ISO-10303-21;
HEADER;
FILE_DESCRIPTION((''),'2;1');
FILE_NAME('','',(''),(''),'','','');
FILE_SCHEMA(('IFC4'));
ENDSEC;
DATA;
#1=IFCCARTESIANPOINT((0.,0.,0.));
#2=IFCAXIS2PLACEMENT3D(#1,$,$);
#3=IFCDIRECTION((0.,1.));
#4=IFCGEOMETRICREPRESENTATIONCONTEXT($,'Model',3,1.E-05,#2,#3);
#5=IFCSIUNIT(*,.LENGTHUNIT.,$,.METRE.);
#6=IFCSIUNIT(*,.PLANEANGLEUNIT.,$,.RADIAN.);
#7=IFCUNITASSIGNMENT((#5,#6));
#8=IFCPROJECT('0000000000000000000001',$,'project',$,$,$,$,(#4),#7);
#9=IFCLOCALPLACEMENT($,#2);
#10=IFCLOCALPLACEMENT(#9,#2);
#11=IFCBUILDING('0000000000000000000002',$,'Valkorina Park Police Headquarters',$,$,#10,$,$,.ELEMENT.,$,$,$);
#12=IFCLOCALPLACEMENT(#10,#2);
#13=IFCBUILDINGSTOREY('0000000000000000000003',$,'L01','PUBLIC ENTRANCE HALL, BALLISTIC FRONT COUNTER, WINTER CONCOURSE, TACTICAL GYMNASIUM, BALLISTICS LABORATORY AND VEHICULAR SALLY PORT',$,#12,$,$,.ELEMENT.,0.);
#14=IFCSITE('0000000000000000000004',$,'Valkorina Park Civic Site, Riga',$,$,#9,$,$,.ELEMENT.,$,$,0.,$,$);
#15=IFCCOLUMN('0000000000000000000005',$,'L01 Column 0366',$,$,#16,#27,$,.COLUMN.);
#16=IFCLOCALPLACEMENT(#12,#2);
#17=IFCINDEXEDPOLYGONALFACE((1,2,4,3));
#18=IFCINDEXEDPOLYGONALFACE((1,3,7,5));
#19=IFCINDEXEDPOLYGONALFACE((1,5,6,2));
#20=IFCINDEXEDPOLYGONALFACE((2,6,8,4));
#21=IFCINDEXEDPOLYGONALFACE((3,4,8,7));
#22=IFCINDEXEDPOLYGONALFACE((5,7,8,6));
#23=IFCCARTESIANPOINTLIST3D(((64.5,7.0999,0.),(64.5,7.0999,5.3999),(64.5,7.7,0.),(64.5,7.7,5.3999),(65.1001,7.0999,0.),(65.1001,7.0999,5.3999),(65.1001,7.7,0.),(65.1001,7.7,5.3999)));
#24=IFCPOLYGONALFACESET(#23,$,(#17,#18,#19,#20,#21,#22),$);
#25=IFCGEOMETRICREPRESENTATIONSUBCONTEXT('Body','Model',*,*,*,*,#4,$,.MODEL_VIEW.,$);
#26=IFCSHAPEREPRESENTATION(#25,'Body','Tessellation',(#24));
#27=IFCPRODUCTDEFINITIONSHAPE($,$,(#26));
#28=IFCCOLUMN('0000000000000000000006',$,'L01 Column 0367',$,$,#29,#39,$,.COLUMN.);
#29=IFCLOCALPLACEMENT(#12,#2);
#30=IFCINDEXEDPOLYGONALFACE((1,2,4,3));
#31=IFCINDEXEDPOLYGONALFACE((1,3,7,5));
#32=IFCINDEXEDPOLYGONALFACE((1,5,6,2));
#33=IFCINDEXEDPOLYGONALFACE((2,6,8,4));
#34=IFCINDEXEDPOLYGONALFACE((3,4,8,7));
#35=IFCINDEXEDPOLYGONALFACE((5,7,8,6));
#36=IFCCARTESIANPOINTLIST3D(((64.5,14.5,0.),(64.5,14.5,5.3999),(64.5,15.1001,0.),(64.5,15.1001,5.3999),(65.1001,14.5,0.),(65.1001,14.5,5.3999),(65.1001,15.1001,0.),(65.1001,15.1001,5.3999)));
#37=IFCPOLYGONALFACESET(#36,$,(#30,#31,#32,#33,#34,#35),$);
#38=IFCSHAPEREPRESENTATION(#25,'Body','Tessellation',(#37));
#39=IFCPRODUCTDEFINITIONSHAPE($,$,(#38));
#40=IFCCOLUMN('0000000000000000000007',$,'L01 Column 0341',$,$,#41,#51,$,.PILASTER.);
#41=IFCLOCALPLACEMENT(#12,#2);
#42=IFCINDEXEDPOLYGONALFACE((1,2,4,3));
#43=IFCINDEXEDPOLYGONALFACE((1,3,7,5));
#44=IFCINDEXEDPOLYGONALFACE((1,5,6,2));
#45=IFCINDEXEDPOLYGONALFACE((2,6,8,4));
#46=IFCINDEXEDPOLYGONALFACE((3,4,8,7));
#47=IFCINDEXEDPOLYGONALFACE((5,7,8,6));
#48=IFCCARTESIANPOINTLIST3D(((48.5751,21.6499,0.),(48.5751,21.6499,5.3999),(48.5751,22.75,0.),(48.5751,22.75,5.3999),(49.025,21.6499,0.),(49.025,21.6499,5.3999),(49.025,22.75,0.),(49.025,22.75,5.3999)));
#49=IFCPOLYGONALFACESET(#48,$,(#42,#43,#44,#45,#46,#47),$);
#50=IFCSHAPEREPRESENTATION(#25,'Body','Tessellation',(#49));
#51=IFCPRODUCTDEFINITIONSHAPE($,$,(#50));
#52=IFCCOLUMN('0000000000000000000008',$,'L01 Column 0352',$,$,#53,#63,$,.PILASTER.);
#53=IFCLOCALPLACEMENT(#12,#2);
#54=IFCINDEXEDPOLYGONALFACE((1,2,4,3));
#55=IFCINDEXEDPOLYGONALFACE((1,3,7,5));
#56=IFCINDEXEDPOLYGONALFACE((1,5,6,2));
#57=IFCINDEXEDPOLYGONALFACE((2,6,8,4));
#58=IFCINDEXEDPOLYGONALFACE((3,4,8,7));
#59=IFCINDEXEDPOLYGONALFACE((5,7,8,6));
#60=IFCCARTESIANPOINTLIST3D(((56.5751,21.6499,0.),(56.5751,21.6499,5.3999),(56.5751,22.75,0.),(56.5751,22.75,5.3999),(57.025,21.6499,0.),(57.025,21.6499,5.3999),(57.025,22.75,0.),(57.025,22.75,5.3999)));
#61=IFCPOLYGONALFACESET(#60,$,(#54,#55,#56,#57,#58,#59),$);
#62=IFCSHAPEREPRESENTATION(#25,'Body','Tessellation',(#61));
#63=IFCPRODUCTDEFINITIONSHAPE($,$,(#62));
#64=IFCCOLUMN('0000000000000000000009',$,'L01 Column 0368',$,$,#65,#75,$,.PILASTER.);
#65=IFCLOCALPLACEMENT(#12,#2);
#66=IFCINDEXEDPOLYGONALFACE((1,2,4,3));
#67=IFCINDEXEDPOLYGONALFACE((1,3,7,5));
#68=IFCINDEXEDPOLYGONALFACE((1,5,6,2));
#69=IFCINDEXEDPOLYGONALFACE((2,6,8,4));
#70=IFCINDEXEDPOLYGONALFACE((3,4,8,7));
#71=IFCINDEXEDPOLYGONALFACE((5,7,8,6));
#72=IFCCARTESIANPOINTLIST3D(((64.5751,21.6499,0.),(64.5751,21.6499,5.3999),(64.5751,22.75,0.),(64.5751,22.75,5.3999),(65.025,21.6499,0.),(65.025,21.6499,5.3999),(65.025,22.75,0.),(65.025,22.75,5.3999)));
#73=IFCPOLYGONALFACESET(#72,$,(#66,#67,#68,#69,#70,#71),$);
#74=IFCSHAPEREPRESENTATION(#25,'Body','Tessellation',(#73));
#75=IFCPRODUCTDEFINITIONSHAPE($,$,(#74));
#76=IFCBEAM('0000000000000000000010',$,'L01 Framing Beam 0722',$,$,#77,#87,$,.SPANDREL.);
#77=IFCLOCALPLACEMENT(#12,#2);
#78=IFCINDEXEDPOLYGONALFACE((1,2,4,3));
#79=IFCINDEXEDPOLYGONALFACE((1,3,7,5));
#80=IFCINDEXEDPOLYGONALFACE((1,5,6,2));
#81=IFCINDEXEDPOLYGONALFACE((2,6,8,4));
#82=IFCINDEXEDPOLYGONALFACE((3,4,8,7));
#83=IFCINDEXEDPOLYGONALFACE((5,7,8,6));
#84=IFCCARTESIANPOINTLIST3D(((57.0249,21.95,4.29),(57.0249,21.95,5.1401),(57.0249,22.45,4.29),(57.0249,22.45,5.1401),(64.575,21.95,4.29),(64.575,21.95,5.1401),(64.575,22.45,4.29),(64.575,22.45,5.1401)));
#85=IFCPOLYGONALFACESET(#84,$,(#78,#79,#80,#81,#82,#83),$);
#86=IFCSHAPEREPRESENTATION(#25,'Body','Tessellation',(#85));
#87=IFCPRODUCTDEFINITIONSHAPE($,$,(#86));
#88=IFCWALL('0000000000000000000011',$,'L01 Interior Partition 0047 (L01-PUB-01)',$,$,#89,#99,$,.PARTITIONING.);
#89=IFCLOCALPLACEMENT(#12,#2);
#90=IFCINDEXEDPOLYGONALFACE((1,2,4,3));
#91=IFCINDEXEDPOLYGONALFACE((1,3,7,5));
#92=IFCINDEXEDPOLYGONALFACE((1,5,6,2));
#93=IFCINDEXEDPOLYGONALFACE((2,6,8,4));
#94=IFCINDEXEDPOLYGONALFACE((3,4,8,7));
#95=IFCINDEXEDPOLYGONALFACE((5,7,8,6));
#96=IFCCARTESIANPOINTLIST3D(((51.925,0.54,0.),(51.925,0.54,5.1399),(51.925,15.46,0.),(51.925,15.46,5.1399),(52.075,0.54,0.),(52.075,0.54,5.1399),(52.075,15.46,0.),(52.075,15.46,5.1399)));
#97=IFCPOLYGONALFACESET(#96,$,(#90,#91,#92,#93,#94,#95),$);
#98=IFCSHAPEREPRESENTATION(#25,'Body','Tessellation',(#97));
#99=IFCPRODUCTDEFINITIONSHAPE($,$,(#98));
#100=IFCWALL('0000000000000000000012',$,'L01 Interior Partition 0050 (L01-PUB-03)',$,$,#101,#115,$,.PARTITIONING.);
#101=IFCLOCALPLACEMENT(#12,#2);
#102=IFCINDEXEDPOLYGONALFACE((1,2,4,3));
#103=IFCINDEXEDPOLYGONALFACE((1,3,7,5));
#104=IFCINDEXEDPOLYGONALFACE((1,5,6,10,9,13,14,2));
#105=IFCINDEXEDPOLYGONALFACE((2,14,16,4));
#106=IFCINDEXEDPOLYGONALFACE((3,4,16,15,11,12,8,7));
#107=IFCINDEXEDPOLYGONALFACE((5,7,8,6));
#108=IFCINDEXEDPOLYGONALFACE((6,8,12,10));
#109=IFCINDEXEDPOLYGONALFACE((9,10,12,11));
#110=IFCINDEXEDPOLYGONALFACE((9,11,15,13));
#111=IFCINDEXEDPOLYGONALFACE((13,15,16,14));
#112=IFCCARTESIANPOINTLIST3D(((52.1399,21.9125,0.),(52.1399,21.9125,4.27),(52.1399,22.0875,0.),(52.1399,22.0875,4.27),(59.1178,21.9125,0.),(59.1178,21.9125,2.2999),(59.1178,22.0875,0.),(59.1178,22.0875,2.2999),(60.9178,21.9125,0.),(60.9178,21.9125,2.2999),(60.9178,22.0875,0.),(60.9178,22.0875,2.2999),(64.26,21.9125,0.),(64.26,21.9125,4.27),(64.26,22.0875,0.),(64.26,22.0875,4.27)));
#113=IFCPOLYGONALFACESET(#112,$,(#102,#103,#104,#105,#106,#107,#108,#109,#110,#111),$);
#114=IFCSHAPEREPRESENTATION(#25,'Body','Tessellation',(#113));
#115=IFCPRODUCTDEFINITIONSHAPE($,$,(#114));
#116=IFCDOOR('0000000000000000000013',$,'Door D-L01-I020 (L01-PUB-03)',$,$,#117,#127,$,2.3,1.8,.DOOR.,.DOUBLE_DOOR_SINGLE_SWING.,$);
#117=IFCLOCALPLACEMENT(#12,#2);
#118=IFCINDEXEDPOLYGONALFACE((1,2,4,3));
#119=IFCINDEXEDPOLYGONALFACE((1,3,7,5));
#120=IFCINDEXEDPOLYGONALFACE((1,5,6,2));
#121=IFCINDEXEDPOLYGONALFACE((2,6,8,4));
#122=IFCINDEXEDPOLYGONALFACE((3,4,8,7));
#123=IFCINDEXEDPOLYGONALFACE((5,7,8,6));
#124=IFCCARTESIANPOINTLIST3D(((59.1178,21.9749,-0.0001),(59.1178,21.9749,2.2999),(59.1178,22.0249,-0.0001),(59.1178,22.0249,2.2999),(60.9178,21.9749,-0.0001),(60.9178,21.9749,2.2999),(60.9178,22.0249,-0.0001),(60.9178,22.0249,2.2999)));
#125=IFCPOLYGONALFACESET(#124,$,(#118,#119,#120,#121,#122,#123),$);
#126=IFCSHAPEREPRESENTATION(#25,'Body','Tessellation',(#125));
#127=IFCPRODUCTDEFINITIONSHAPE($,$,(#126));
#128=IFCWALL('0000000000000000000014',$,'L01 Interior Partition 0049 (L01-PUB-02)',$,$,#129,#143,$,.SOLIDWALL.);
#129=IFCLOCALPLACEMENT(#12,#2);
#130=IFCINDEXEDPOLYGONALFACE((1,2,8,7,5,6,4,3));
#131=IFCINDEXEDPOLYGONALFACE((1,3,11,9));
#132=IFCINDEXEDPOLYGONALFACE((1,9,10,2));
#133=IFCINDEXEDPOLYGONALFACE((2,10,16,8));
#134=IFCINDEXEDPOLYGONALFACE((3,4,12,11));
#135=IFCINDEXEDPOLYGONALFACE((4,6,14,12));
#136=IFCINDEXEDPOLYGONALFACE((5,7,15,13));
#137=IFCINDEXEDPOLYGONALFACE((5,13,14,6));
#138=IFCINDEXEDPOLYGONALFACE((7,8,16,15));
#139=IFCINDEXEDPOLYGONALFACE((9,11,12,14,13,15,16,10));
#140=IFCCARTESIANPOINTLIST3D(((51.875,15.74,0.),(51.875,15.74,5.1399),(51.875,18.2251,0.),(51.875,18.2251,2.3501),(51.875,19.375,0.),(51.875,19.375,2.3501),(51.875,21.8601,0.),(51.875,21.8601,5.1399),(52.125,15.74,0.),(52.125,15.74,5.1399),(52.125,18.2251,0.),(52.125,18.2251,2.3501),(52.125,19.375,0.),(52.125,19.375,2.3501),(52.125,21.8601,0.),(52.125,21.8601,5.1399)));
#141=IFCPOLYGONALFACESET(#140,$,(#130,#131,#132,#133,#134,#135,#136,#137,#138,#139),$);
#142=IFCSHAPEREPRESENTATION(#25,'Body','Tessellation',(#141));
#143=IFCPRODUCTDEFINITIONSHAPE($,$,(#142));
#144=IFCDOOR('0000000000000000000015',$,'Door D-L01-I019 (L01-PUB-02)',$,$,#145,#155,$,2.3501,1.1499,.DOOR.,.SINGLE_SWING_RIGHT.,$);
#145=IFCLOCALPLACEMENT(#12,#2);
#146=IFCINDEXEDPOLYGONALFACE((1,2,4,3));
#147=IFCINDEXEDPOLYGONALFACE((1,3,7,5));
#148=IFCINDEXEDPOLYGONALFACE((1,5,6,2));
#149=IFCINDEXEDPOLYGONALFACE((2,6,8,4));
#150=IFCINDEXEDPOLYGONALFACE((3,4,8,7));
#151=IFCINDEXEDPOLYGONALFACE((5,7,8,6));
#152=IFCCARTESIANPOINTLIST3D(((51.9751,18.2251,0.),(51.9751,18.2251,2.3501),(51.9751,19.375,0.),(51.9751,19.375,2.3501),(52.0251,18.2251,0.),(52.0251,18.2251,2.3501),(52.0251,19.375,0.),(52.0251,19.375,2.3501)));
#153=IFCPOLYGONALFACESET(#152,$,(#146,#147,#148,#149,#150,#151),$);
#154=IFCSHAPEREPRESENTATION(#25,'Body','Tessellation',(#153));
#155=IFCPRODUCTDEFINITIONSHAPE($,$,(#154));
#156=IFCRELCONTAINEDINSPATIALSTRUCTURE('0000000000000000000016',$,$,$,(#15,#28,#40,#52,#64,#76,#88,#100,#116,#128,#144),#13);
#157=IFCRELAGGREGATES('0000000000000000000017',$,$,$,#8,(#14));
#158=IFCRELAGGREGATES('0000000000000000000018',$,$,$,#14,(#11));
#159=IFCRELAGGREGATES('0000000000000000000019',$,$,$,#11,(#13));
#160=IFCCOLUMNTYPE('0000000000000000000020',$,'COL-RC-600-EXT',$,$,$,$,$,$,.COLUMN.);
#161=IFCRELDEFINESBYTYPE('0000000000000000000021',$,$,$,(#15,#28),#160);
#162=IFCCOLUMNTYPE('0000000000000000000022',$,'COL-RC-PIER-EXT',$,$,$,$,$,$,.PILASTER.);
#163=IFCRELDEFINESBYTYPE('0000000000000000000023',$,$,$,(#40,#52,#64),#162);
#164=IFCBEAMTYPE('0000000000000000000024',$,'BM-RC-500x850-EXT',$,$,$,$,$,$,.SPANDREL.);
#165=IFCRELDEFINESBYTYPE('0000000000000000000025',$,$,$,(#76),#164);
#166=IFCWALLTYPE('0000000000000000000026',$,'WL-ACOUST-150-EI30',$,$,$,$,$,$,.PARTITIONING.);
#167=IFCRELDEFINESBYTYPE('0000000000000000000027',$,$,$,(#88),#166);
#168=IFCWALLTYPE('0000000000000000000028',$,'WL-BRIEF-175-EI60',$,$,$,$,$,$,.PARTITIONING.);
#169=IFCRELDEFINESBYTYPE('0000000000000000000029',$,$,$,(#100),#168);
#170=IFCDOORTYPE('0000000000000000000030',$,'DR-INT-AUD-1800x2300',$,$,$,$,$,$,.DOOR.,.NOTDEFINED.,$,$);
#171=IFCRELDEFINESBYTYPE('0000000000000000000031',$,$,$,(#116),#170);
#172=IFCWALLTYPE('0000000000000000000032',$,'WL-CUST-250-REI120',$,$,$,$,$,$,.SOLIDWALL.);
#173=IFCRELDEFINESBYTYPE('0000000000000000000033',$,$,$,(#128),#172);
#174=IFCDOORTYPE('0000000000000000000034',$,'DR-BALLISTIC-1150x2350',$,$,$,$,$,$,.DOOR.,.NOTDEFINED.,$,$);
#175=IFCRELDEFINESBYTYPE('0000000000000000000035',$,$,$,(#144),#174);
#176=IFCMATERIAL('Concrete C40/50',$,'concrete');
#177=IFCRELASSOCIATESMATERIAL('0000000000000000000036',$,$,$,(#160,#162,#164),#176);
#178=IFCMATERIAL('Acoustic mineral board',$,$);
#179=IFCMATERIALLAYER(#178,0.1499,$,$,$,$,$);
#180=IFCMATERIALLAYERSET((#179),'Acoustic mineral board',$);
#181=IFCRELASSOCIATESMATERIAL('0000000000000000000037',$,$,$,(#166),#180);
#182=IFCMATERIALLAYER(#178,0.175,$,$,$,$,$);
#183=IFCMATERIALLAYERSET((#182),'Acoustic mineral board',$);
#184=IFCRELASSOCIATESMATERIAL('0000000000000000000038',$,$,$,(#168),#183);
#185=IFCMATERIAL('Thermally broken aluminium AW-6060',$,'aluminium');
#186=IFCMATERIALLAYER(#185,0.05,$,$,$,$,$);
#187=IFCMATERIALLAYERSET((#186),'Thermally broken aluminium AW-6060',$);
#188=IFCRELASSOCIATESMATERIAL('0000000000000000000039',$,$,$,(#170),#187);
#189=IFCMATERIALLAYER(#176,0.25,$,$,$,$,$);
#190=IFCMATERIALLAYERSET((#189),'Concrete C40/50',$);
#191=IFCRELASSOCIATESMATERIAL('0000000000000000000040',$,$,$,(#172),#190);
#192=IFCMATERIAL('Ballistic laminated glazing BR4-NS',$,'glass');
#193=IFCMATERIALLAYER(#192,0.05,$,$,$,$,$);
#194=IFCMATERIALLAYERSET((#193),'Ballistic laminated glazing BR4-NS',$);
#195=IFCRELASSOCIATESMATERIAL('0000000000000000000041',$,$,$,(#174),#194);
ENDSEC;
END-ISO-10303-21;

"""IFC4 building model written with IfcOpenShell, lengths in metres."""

from ifc_helpers import new_model, si_unit, direction, frame, frame_2d, origin, origin_2d, place, context, subcontext, project, spatial, rectangle, extrude, material, layer, layer_set, material_profile, profile_set, type_object, element, fill, save


model = new_model("IFC4")

# Units and contexts
model_context = context("Model", 3, precision=1e-05, world=origin(), true_north=direction((0.0, 1.0)))
body_context = subcontext(model_context, "Body", "Model", "MODEL_VIEW")
ifc_project = project(units=[si_unit("LENGTHUNIT", "METRE"), si_unit("PLANEANGLEUNIT", "RADIAN")], contexts=[model_context])

# Site, building, storey
site_placement = place(None, origin())
site = spatial("IfcSite", under=ifc_project, at=site_placement, Name="Valkorina Park Civic Site, Riga", CompositionType="ELEMENT", RefElevation=0.0)
building_placement = place(site_placement, origin())
building = spatial("IfcBuilding", under=site, at=building_placement, Name="Valkorina Park Police Headquarters", CompositionType="ELEMENT")
storey_placement = place(building_placement, origin())
storey = spatial("IfcBuildingStorey", under=building, at=storey_placement, Name="L01", Description="PUBLIC ENTRANCE HALL, BALLISTIC FRONT COUNTER, WINTER CONCOURSE, TACTICAL GYMNASIUM, BALLISTICS LABORATORY AND VEHICULAR SALLY PORT", CompositionType="ELEMENT", Elevation=0.0)

# Columns
ifc_material_1 = material(Name="Concrete C40/50", Category="concrete")
ifc_material_profile_1 = material_profile(ifc_material_1, rectangle(XDim=0.6001, YDim=0.6001, at=origin_2d()), Name="RC COL 600x600")
ifc_profile_set_1 = profile_set([ifc_material_profile_1], Name="Concrete C40/50")
column_type_1 = type_object("IfcColumnType", Name="COL-RC-600-EXT", PredefinedType="COLUMN", material=ifc_profile_set_1)
for number, where, z_axis, x_axis, name in (
    (1, (64.8, 7.3999, 0.0), (0.0, 0.0, 1.0), (1.0, 0.0, 0.0), "L01 Column 0366"),
    (2, (64.8, 14.8, 0.0), (0.0, 0.0, 1.0), (1.0, 0.0, 0.0), "L01 Column 0367"),
):
    element("IfcColumn", number, at=place(storey_placement, frame(where, z_axis=z_axis, x_axis=x_axis)), inside=storey, type_object=column_type_1, Name=name, PredefinedType="COLUMN", context=body_context, shape_type="SweptSolid", body=[
        extrude(rectangle(XDim=0.6001, YDim=0.6001, at=origin_2d()), origin(), (0.0, 0.0, 1.0), 5.3999),
    ])
ifc_material_profile_2 = material_profile(ifc_material_1, rectangle(XDim=0.45, YDim=1.1001, at=origin_2d()), Name="RC PIER 450x1100")
ifc_profile_set_2 = profile_set([ifc_material_profile_2], Name="Concrete C40/50")
column_type_2 = type_object("IfcColumnType", Name="COL-RC-PIER-EXT", PredefinedType="PILASTER", material=ifc_profile_set_2)
for number, where, z_axis, x_axis, name in (
    (3, (48.8, 22.2, 0.0), (0.0, 0.0, 1.0), (1.0, 0.0, 0.0), "L01 Column 0341"),
    (4, (56.8, 22.2, 0.0), (0.0, 0.0, 1.0), (1.0, 0.0, 0.0), "L01 Column 0352"),
    (5, (64.8, 22.2, 0.0), (0.0, 0.0, 1.0), (1.0, 0.0, 0.0), "L01 Column 0368"),
):
    element("IfcColumn", number, at=place(storey_placement, frame(where, z_axis=z_axis, x_axis=x_axis)), inside=storey, type_object=column_type_2, Name=name, PredefinedType="PILASTER", context=body_context, shape_type="SweptSolid", body=[
        extrude(rectangle(XDim=0.45, YDim=1.1001, at=origin_2d()), origin(), (0.0, 0.0, 1.0), 5.3999),
    ])

# Beam
ifc_material_profile_3 = material_profile(ifc_material_1, rectangle(XDim=0.5, YDim=0.8501, at=origin_2d()), Name="RC BEAM 500x850")
ifc_profile_set_3 = profile_set([ifc_material_profile_3], Name="Concrete C40/50")
beam_type = type_object("IfcBeamType", Name="BM-RC-500x850-EXT", PredefinedType="SPANDREL", material=ifc_profile_set_3)
beam_placement = place(storey_placement, frame((57.0249, 22.2, 4.7151), z_axis=(1.0, 0.0, 0.0), x_axis=(0.0, 1.0, 0.0)))
element("IfcBeam", 6, at=beam_placement, inside=storey, type_object=beam_type, Name="L01 Framing Beam 0722", PredefinedType="SPANDREL", context=body_context, shape_type="SweptSolid", body=[
    extrude(rectangle(XDim=0.5, YDim=0.8501, at=origin_2d()), origin(), (0.0, 0.0, 1.0), 7.55),
])

# Wall
ifc_material_2 = material(Name="Acoustic mineral board")
ifc_layer_1 = layer(ifc_material_2, 0.1499)
ifc_layer_set_1 = layer_set([ifc_layer_1], Name="Acoustic mineral board")
wall_type_1 = type_object("IfcWallType", Name="WL-ACOUST-150-EI30", PredefinedType="PARTITIONING", material=ifc_layer_set_1)
wall_1_placement = place(storey_placement, frame((52.0, 0.54, 0.0), z_axis=(0.0, 0.0, 1.0), x_axis=(0.0, 1.0, 0.0)))
element("IfcWall", 7, at=wall_1_placement, inside=storey, type_object=wall_type_1, Name="L01 Interior Partition 0047 (L01-PUB-01)", PredefinedType="PARTITIONING", context=body_context, shape_type="SweptSolid", body=[
    extrude(rectangle(XDim=14.9199, YDim=0.1499, at=frame_2d((7.46, 0.0))), origin(), (0.0, 0.0, 1.0), 5.1399),
])

# Walls, openings, doors
ifc_layer_2 = layer(ifc_material_2, 0.175)
ifc_layer_set_2 = layer_set([ifc_layer_2], Name="Acoustic mineral board")
wall_type_2 = type_object("IfcWallType", Name="WL-BRIEF-175-EI60", PredefinedType="PARTITIONING", material=ifc_layer_set_2)
wall_2_placement = place(storey_placement, frame((52.1399, 22.0, 0.0), z_axis=(0.0, 0.0, 1.0), x_axis=(1.0, 0.0, 0.0)))
wall_2 = element("IfcWall", 8, at=wall_2_placement, inside=storey, type_object=wall_type_2, Name="L01 Interior Partition 0050 (L01-PUB-03)", PredefinedType="PARTITIONING", context=body_context, shape_type="SweptSolid", body=[
    extrude(rectangle(XDim=12.1201, YDim=0.175, at=frame_2d((6.0601, 0.0))), origin(), (0.0, 0.0, 1.0), 4.27),
])
opening_1_placement = place(wall_2_placement, frame((6.978, 0.0, 0.0)))
opening_1 = element("IfcOpeningElement", 9, at=opening_1_placement, cuts=wall_2, PredefinedType="OPENING", context=body_context, shape_type="SweptSolid", body=[
    extrude(rectangle(XDim=1.8, YDim=2.3, at=frame_2d((0.8999, 1.1499))), frame((0.0, 0.0977, 0.0), z_axis=(0.0, -1.0, 0.0), x_axis=(1.0, 0.0, 0.0)), (0.0, 0.0, 1.0), 0.1951),
])
ifc_material_3 = material(Name="Thermally broken aluminium AW-6060", Category="aluminium")
ifc_layer_3 = layer(ifc_material_3, 0.05)
ifc_layer_set_3 = layer_set([ifc_layer_3], Name="Thermally broken aluminium AW-6060")
door_type_1 = type_object("IfcDoorType", Name="DR-INT-AUD-1800x2300", OperationType="NOTDEFINED", PredefinedType="DOOR", material=ifc_layer_set_3)
door_1_placement = place(opening_1_placement, origin())
door_1 = element("IfcDoor", 10, at=door_1_placement, inside=storey, type_object=door_type_1, Name="Door D-L01-I020 (L01-PUB-03)", OperationType="DOUBLE_DOOR_SINGLE_SWING", OverallHeight=2.3, OverallWidth=1.8, PredefinedType="DOOR", context=body_context, shape_type="SweptSolid", body=[
    extrude(rectangle(XDim=1.8, YDim=2.3, at=frame_2d((0.8999, 1.1499))), frame((0.0, 0.0249, 0.0), z_axis=(0.0, -1.0, 0.0), x_axis=(1.0, 0.0, 0.0)), (0.0, 0.0, 1.0), 0.05),
])
fill(opening_1, door_1)
ifc_layer_4 = layer(ifc_material_1, 0.25)
ifc_layer_set_4 = layer_set([ifc_layer_4], Name="Concrete C40/50")
wall_type_3 = type_object("IfcWallType", Name="WL-CUST-250-REI120", PredefinedType="SOLIDWALL", material=ifc_layer_set_4)
wall_3_placement = place(storey_placement, frame((52.0, 15.74, 0.0), z_axis=(0.0, 0.0, 1.0), x_axis=(0.0, 1.0, 0.0)))
wall_3 = element("IfcWall", 11, at=wall_3_placement, inside=storey, type_object=wall_type_3, Name="L01 Interior Partition 0049 (L01-PUB-02)", PredefinedType="SOLIDWALL", context=body_context, shape_type="SweptSolid", body=[
    extrude(rectangle(XDim=6.1201, YDim=0.25, at=frame_2d((3.0601, 0.0))), origin(), (0.0, 0.0, 1.0), 5.1399),
])
opening_2_placement = place(wall_3_placement, frame((2.4851, 0.0, 0.0)))
opening_2 = element("IfcOpeningElement", 12, at=opening_2_placement, cuts=wall_3, PredefinedType="OPENING", context=body_context, shape_type="SweptSolid", body=[
    extrude(rectangle(XDim=1.1499, YDim=2.3501, at=frame_2d((0.575, 1.175))), frame((0.0, 0.135, 0.0), z_axis=(0.0, -1.0, 0.0), x_axis=(1.0, 0.0, 0.0)), (0.0, 0.0, 1.0), 0.27),
])
ifc_material_4 = material(Name="Ballistic laminated glazing BR4-NS", Category="glass")
ifc_layer_5 = layer(ifc_material_4, 0.05)
ifc_layer_set_5 = layer_set([ifc_layer_5], Name="Ballistic laminated glazing BR4-NS")
door_type_2 = type_object("IfcDoorType", Name="DR-BALLISTIC-1150x2350", OperationType="NOTDEFINED", PredefinedType="DOOR", material=ifc_layer_set_5)
door_2_placement = place(opening_2_placement, origin())
door_2 = element("IfcDoor", 13, at=door_2_placement, inside=storey, type_object=door_type_2, Name="Door D-L01-I019 (L01-PUB-02)", OperationType="SINGLE_SWING_RIGHT", OverallHeight=2.3501, OverallWidth=1.1499, PredefinedType="DOOR", context=body_context, shape_type="SweptSolid", body=[
    extrude(rectangle(XDim=1.1499, YDim=2.3501, at=frame_2d((0.575, 1.175))), frame((0.0, 0.0249, 0.0), z_axis=(0.0, -1.0, 0.0), x_axis=(1.0, 0.0, 0.0)), (0.0, 0.0, 1.0), 0.05),
])
fill(opening_2, door_2)

save(model, "model.ifc")
